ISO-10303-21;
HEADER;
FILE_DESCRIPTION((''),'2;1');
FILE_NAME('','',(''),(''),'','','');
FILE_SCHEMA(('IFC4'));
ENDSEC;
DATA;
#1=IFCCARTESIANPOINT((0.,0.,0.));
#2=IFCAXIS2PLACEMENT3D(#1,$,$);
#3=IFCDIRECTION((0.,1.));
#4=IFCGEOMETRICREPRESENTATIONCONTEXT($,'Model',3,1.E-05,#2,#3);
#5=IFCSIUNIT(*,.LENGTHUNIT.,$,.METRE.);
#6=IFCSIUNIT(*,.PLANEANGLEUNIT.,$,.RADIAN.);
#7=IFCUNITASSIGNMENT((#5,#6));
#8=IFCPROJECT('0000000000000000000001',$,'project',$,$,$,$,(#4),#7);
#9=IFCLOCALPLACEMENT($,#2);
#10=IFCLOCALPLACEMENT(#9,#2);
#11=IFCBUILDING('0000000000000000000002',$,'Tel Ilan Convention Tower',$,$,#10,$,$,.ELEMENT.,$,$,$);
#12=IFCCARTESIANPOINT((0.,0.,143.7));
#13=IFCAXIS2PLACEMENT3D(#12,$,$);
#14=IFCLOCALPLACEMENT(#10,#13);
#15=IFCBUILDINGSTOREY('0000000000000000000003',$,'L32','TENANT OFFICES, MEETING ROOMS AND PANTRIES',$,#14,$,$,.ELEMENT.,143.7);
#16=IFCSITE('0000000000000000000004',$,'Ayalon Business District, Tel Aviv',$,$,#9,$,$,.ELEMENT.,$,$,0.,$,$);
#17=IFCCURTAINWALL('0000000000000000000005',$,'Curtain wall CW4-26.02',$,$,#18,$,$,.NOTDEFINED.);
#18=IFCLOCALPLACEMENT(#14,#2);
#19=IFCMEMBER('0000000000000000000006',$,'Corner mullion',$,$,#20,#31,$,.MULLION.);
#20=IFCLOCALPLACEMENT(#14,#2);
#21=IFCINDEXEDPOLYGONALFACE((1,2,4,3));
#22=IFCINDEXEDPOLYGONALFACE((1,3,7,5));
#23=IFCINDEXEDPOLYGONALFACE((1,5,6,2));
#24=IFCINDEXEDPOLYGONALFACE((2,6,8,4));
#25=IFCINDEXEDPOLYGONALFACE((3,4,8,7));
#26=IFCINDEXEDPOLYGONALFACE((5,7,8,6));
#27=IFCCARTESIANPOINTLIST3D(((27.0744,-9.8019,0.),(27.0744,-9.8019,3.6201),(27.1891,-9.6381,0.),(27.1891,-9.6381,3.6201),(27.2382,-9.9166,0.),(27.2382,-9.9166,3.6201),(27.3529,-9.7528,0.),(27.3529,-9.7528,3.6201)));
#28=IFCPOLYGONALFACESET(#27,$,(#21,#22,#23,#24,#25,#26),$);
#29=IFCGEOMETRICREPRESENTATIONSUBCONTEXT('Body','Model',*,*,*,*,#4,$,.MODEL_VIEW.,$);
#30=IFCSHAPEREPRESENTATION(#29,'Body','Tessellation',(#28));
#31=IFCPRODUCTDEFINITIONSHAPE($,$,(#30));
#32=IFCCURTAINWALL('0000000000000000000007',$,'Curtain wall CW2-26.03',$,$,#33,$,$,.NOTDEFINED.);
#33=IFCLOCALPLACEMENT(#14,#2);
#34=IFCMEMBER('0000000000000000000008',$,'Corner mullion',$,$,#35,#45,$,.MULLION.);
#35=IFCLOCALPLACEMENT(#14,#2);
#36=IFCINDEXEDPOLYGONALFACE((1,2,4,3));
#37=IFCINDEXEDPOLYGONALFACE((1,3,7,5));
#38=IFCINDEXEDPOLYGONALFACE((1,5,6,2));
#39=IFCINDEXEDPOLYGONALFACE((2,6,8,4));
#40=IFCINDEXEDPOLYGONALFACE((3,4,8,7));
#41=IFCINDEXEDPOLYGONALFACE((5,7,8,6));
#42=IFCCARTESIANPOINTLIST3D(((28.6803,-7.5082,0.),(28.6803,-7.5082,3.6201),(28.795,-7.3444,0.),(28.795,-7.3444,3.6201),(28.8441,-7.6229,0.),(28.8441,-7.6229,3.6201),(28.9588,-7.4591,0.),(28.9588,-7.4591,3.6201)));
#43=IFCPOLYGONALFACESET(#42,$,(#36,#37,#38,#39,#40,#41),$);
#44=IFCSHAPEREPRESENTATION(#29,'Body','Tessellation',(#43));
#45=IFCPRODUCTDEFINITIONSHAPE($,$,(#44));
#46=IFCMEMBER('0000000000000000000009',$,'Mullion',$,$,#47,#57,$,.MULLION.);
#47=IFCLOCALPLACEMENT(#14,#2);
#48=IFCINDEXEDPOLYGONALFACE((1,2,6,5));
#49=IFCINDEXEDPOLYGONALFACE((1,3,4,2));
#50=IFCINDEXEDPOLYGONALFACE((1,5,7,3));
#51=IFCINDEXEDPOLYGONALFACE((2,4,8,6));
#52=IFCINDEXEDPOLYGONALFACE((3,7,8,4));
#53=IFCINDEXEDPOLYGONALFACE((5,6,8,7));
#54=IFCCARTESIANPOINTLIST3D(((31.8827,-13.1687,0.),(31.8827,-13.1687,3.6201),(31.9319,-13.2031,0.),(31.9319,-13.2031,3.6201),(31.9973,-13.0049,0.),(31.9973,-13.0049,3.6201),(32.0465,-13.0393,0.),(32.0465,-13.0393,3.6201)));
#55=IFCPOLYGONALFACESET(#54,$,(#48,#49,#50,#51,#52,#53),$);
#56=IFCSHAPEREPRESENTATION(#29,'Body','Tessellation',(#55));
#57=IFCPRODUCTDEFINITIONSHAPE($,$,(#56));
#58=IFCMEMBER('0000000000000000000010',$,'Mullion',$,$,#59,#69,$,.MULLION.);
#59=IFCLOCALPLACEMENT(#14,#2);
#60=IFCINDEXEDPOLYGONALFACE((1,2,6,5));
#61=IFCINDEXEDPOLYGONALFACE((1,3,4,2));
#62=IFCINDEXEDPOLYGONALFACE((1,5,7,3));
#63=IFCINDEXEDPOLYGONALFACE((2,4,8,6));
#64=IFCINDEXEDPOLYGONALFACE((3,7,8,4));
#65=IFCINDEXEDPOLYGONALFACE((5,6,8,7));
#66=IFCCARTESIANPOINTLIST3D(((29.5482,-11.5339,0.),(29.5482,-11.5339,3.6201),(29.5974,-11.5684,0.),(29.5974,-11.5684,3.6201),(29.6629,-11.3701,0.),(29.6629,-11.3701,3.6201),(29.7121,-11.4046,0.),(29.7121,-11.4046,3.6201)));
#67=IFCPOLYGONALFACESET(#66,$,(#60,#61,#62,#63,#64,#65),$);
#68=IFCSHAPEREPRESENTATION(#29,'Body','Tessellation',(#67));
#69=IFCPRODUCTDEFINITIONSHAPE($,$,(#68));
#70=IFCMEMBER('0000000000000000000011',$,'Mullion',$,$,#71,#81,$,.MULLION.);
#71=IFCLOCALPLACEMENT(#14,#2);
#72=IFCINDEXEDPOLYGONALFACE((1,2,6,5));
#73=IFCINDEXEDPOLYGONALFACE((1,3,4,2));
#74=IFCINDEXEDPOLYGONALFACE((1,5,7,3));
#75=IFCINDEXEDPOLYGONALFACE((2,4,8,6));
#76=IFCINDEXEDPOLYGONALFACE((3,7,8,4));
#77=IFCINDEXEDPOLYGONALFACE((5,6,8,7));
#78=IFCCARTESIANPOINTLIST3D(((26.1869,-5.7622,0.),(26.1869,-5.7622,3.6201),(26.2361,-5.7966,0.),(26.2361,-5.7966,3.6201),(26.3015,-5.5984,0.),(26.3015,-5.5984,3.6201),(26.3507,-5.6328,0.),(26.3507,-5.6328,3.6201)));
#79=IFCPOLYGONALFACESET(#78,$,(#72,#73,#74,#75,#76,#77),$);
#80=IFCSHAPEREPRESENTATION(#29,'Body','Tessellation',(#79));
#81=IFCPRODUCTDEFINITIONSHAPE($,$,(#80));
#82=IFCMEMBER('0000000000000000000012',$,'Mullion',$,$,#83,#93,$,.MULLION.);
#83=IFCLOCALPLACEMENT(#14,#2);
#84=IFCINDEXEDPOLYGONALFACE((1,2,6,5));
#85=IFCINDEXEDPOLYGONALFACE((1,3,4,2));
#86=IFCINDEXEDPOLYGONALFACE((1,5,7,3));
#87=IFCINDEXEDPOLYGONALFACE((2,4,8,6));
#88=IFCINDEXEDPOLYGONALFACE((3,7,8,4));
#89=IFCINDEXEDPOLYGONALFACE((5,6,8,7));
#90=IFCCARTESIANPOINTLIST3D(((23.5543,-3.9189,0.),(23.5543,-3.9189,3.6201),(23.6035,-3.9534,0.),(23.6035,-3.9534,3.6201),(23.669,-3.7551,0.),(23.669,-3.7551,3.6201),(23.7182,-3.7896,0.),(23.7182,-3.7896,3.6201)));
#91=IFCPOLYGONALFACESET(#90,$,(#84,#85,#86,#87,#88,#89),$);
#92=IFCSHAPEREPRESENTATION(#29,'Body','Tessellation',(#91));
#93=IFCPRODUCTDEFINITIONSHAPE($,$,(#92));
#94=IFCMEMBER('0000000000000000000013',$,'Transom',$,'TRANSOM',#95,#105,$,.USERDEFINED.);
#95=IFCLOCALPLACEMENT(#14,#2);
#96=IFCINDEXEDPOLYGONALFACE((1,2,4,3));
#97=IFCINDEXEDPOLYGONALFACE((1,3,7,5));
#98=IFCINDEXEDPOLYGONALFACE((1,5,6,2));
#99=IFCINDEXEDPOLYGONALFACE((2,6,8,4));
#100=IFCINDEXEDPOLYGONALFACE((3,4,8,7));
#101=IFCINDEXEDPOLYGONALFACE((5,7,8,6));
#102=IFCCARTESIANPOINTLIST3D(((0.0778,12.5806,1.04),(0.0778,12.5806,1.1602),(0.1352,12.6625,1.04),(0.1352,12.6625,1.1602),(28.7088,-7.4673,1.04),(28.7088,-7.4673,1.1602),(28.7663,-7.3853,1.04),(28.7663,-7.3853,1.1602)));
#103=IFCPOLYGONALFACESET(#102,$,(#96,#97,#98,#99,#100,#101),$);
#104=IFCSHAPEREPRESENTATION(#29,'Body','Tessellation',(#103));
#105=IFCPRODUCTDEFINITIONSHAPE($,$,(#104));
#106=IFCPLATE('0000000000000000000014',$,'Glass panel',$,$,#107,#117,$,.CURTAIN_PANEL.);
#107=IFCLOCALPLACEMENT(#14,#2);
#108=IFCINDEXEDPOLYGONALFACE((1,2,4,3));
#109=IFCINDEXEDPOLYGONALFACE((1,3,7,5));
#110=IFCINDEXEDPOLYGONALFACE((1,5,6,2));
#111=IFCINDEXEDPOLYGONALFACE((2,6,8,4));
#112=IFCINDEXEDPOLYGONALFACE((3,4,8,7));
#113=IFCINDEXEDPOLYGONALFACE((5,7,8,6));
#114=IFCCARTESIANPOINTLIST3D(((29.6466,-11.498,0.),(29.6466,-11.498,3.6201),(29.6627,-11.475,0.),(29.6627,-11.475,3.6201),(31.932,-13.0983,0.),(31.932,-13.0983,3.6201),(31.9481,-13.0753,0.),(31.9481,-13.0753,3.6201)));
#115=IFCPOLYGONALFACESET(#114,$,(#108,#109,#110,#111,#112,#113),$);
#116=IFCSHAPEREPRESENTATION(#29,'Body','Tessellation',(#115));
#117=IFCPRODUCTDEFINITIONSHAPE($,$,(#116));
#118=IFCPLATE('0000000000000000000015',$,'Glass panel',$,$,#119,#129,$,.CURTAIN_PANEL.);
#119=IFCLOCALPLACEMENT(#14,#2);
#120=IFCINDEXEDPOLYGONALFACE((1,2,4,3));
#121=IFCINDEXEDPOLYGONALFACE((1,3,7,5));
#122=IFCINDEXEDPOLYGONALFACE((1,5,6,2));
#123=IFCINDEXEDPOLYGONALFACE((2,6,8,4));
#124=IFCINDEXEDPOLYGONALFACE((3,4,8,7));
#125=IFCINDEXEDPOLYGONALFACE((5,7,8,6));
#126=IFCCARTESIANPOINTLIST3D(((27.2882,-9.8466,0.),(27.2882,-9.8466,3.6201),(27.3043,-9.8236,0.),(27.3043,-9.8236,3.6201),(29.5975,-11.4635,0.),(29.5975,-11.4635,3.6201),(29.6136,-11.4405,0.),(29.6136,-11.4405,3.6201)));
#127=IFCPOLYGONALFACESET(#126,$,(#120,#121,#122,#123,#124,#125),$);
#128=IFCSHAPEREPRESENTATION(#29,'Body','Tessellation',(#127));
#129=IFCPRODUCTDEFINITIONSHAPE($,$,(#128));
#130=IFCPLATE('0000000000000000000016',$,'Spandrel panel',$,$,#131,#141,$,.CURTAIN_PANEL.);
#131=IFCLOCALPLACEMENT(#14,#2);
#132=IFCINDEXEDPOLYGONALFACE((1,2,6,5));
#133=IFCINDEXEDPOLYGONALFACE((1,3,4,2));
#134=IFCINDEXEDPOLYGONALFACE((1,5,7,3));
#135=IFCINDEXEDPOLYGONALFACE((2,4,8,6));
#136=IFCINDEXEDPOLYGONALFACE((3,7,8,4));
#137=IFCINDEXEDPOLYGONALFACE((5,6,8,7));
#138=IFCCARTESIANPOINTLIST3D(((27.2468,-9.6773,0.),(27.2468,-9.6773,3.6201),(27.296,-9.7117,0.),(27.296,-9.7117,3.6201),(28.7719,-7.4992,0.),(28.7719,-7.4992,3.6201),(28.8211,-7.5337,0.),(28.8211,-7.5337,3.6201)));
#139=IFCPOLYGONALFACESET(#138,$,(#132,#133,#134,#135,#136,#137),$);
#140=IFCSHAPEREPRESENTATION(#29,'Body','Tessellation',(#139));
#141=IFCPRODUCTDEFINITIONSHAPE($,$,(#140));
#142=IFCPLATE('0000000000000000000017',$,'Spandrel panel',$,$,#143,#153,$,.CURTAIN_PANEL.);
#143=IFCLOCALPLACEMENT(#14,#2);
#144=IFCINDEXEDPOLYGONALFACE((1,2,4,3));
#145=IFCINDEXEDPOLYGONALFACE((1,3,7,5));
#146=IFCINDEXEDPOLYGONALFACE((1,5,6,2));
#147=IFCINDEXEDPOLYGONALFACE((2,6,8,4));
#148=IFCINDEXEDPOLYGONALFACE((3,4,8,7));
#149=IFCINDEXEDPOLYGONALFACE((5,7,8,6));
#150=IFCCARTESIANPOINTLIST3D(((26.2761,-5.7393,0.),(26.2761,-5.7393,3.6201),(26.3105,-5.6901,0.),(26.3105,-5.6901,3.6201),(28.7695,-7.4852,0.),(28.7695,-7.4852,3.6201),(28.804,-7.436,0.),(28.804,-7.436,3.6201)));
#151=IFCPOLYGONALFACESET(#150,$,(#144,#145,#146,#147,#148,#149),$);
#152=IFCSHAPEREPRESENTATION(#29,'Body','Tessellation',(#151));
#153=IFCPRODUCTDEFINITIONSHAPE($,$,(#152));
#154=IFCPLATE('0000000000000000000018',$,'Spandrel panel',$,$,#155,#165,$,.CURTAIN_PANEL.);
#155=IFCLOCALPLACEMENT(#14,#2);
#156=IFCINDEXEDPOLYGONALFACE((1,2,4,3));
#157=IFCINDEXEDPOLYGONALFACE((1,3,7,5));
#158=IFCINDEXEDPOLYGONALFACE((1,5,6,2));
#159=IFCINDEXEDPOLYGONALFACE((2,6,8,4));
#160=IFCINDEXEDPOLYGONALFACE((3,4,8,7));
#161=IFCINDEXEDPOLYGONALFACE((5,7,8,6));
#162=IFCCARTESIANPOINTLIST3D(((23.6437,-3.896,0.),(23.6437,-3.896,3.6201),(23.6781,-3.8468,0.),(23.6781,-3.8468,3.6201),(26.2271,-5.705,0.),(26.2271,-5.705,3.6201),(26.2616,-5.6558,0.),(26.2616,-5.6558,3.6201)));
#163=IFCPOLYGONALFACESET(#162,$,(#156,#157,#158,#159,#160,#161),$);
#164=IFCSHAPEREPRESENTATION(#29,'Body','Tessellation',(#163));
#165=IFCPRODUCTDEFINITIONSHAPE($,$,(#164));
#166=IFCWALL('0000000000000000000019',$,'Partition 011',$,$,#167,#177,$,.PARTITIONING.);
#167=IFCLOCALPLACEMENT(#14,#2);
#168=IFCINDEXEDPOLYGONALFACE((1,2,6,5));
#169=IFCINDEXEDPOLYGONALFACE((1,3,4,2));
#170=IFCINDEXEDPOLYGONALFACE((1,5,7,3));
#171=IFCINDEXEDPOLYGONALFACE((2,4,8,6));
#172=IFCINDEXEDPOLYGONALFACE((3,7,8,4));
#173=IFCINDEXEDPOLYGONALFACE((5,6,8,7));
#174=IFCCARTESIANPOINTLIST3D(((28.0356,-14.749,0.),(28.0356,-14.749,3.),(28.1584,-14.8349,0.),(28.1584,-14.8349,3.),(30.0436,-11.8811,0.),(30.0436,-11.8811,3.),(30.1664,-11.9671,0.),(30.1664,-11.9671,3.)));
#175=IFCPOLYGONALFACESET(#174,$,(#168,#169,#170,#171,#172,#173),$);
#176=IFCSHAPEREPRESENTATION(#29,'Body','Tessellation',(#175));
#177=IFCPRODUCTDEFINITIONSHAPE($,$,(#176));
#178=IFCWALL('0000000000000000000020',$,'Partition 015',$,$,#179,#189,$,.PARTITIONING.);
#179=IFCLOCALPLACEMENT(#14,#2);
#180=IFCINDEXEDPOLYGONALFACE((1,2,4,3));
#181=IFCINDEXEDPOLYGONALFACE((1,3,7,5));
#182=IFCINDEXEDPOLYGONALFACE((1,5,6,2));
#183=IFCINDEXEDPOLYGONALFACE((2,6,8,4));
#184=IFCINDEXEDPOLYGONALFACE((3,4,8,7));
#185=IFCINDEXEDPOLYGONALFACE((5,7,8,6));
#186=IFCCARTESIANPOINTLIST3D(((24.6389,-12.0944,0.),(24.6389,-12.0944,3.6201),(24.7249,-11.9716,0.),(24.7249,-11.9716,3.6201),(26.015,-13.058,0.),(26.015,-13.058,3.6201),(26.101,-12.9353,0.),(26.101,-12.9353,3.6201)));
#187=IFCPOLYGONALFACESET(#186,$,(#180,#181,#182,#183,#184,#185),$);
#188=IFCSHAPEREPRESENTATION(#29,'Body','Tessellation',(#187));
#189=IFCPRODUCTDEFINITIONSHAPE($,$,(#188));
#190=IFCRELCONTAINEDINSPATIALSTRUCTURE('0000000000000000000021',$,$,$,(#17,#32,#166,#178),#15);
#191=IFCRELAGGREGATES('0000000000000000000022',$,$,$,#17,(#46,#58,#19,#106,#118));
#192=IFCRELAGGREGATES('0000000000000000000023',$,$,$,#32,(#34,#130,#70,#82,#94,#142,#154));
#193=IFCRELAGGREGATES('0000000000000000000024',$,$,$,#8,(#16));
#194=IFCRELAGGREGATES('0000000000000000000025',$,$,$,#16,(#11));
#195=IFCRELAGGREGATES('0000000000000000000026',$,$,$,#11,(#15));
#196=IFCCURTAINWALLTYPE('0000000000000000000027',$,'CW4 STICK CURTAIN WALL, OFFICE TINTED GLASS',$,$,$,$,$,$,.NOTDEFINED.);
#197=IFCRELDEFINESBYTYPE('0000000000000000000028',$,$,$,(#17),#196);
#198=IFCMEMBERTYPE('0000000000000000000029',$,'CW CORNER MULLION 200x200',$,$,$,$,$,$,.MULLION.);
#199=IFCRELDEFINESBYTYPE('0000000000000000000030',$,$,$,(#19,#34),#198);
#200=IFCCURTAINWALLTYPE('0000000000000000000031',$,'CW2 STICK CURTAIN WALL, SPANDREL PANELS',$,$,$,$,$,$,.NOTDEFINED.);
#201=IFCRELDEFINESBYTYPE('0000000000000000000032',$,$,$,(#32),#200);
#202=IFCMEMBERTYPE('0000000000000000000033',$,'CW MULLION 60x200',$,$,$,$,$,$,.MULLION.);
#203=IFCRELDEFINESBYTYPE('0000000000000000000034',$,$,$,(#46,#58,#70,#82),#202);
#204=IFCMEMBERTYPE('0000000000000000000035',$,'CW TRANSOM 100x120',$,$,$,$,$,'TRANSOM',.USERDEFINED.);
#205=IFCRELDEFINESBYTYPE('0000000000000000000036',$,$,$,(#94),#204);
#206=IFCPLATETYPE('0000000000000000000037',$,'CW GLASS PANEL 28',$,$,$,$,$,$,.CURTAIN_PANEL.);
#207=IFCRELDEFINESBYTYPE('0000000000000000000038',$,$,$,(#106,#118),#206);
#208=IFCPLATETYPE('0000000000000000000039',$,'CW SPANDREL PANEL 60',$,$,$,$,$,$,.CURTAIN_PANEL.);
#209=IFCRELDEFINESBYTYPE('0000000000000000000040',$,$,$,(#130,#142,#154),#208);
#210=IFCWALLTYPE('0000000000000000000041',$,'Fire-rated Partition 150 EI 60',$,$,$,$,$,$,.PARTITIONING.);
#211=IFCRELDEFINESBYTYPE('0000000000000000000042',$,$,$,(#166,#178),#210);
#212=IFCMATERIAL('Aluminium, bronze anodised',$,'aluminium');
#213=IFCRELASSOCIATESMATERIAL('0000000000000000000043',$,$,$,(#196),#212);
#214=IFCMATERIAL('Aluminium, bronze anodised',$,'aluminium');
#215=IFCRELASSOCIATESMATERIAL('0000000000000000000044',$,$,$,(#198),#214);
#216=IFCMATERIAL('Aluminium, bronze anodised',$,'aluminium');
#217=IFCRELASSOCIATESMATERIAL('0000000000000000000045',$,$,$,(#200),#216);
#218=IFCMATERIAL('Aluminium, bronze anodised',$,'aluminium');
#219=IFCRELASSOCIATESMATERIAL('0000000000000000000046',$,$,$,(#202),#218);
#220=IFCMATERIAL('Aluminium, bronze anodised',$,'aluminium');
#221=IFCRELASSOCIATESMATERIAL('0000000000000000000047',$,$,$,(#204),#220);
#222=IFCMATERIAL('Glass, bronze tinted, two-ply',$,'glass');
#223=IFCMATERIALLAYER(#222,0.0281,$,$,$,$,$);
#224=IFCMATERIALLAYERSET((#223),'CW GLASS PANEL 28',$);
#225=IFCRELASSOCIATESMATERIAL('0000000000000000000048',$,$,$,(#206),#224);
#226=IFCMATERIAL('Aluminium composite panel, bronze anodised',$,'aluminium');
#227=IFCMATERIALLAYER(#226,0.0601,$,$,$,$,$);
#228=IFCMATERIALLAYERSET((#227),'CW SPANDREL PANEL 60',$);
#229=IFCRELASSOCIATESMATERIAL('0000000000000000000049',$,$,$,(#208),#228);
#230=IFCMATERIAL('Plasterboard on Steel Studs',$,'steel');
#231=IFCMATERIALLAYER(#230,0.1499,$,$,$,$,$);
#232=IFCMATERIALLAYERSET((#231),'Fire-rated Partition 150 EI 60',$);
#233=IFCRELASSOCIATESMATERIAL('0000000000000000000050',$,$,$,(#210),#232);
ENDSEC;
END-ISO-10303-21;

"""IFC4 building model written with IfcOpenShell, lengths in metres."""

from ifc_helpers import new_model, si_unit, direction, frame, frame_2d, origin, origin_2d, place, context, subcontext, project, spatial, rectangle, extrude, material, layer, layer_set, material_profile, profile_set, type_object, element, aggregate, save


model = new_model("IFC4")

# Units and contexts
model_context = context("Model", 3, precision=1e-05, world=origin(), true_north=direction((0.0, 1.0)))
body_context = subcontext(model_context, "Body", "Model", "MODEL_VIEW")
ifc_project = project(units=[si_unit("LENGTHUNIT", "METRE"), si_unit("PLANEANGLEUNIT", "RADIAN")], contexts=[model_context])

# Site, building, storey
site_placement = place(None, origin())
site = spatial("IfcSite", under=ifc_project, at=site_placement, Name="Ayalon Business District, Tel Aviv", CompositionType="ELEMENT", RefElevation=0.0)
building_placement = place(site_placement, origin())
building = spatial("IfcBuilding", under=site, at=building_placement, Name="Tel Ilan Convention Tower", CompositionType="ELEMENT")
storey_placement = place(building_placement, frame((0.0, 0.0, 143.7)))
storey = spatial("IfcBuildingStorey", under=building, at=storey_placement, Name="L32", Description="TENANT OFFICES, MEETING ROOMS AND PANTRIES", CompositionType="ELEMENT", Elevation=143.7)

# Curtain walls, members
ifc_material_1 = material(Name="Aluminium, bronze anodised", Category="aluminium")
curtain_wall_type_1 = type_object("IfcCurtainWallType", Name="CW4 STICK CURTAIN WALL, OFFICE TINTED GLASS", PredefinedType="NOTDEFINED", material=ifc_material_1)
curtain_wall_1_placement = place(storey_placement, origin())
curtain_wall_1 = element("IfcCurtainWall", 1, at=curtain_wall_1_placement, inside=storey, type_object=curtain_wall_type_1, Name="Curtain wall CW4-26.02", PredefinedType="NOTDEFINED")
ifc_material_2 = material(Name="Aluminium, bronze anodised", Category="aluminium")
ifc_material_profile_1 = material_profile(ifc_material_2, rectangle(XDim=0.2, YDim=0.2, at=origin_2d()), Name="CW CORNER MULLION 200x200")
ifc_profile_set_1 = profile_set([ifc_material_profile_1], Name="Aluminium, bronze anodised")
member_type_1 = type_object("IfcMemberType", Name="CW CORNER MULLION 200x200", PredefinedType="MULLION", material=ifc_profile_set_1)
member_1_placement = place(storey_placement, frame((27.2136, -9.7773, 0.0), z_axis=(0.0, 0.0, 1.0), x_axis=(-0.819152, 0.573576, 0.0)))
member_1 = element("IfcMember", 2, at=member_1_placement, type_object=member_type_1, Name="Corner mullion", PredefinedType="MULLION", context=body_context, shape_type="SweptSolid", body=[
    extrude(rectangle(XDim=0.2, YDim=0.2, at=origin_2d()), origin(), (0.0, 0.0, 1.0), 3.6201),
])
ifc_material_3 = material(Name="Aluminium, bronze anodised", Category="aluminium")
curtain_wall_type_2 = type_object("IfcCurtainWallType", Name="CW2 STICK CURTAIN WALL, SPANDREL PANELS", PredefinedType="NOTDEFINED", material=ifc_material_3)
curtain_wall_2_placement = place(storey_placement, origin())
curtain_wall_2 = element("IfcCurtainWall", 3, at=curtain_wall_2_placement, inside=storey, type_object=curtain_wall_type_2, Name="Curtain wall CW2-26.03", PredefinedType="NOTDEFINED")
member_2_placement = place(storey_placement, frame((28.8196, -7.4836, 0.0), z_axis=(0.0, 0.0, 1.0), x_axis=(0.573576, 0.819152, 0.0)))
member_2 = element("IfcMember", 4, at=member_2_placement, type_object=member_type_1, Name="Corner mullion", PredefinedType="MULLION", context=body_context, shape_type="SweptSolid", body=[
    extrude(rectangle(XDim=0.2, YDim=0.2, at=origin_2d()), origin(), (0.0, 0.0, 1.0), 3.6201),
])

# Members
ifc_material_4 = material(Name="Aluminium, bronze anodised", Category="aluminium")
ifc_material_profile_2 = material_profile(ifc_material_4, rectangle(XDim=0.0601, YDim=0.2, at=origin_2d()), Name="CW MULLION 60x200")
ifc_profile_set_2 = profile_set([ifc_material_profile_2], Name="Aluminium, bronze anodised")
member_type_2 = type_object("IfcMemberType", Name="CW MULLION 60x200", PredefinedType="MULLION", material=ifc_profile_set_2)
member_3_placement = place(storey_placement, frame((31.9646, -13.104, 0.0), z_axis=(0.0, 0.0, 1.0), x_axis=(-0.819152, 0.573576, 0.0)))
member_3 = element("IfcMember", 5, at=member_3_placement, type_object=member_type_2, Name="Mullion", PredefinedType="MULLION", context=body_context, shape_type="SweptSolid", body=[
    extrude(rectangle(XDim=0.0601, YDim=0.2, at=origin_2d()), origin(), (0.0, 0.0, 1.0), 3.6201),
])
member_4_placement = place(storey_placement, frame((29.6301, -11.4692, 0.0), z_axis=(0.0, 0.0, 1.0), x_axis=(-0.819152, 0.573576, 0.0)))
member_4 = element("IfcMember", 6, at=member_4_placement, type_object=member_type_2, Name="Mullion", PredefinedType="MULLION", context=body_context, shape_type="SweptSolid", body=[
    extrude(rectangle(XDim=0.0601, YDim=0.2, at=origin_2d()), origin(), (0.0, 0.0, 1.0), 3.6201),
])
member_5_placement = place(storey_placement, frame((26.2688, -5.6975, 0.0), z_axis=(0.0, 0.0, 1.0), x_axis=(-0.819152, 0.573576, 0.0)))
member_5 = element("IfcMember", 7, at=member_5_placement, type_object=member_type_2, Name="Mullion", PredefinedType="MULLION", context=body_context, shape_type="SweptSolid", body=[
    extrude(rectangle(XDim=0.0601, YDim=0.2, at=origin_2d()), origin(), (0.0, 0.0, 1.0), 3.6201),
])
member_6_placement = place(storey_placement, frame((23.6362, -3.8542, 0.0), z_axis=(0.0, 0.0, 1.0), x_axis=(-0.819152, 0.573576, 0.0)))
member_6 = element("IfcMember", 8, at=member_6_placement, type_object=member_type_2, Name="Mullion", PredefinedType="MULLION", context=body_context, shape_type="SweptSolid", body=[
    extrude(rectangle(XDim=0.0601, YDim=0.2, at=origin_2d()), origin(), (0.0, 0.0, 1.0), 3.6201),
])
ifc_material_5 = material(Name="Aluminium, bronze anodised", Category="aluminium")
ifc_material_profile_3 = material_profile(ifc_material_5, rectangle(XDim=0.1001, YDim=0.1201, at=origin_2d()), Name="CW TRANSOM 100x120")
ifc_profile_set_3 = profile_set([ifc_material_profile_3], Name="Aluminium, bronze anodised")
member_type_3 = type_object("IfcMemberType", Name="CW TRANSOM 100x120", ElementType="TRANSOM", PredefinedType="USERDEFINED", material=ifc_profile_set_3)
member_7_placement = place(storey_placement, frame((28.7375, -7.4263, 1.1001), z_axis=(-0.81915, 0.573579, 0.0), x_axis=(-0.573579, -0.81915, 0.0)))
member_7 = element("IfcMember", 9, at=member_7_placement, type_object=member_type_3, Name="Transom", ObjectType="TRANSOM", PredefinedType="USERDEFINED", context=body_context, shape_type="SweptSolid", body=[
    extrude(rectangle(XDim=0.1001, YDim=0.1201, at=origin_2d()), origin(), (0.0, 0.0, 1.0), 34.9521),
])

# Plates
ifc_material_6 = material(Name="Glass, bronze tinted, two-ply", Category="glass")
ifc_layer_1 = layer(ifc_material_6, 0.0281)
ifc_layer_set_1 = layer_set([ifc_layer_1], Name="CW GLASS PANEL 28")
plate_type_1 = type_object("IfcPlateType", Name="CW GLASS PANEL 28", PredefinedType="CURTAIN_PANEL", material=ifc_layer_set_1)
plate_1_placement = place(storey_placement, frame((30.7974, -12.2866, 0.0), z_axis=(0.0, 0.0, 1.0), x_axis=(-0.819152, 0.573576, 0.0)))
plate_1 = element("IfcPlate", 10, at=plate_1_placement, type_object=plate_type_1, Name="Glass panel", PredefinedType="CURTAIN_PANEL", context=body_context, shape_type="SweptSolid", body=[
    extrude(rectangle(XDim=2.79, YDim=0.0281, at=origin_2d()), origin(), (0.0, 0.0, 1.0), 3.6201),
])
plate_2_placement = place(storey_placement, frame((28.4509, -10.6436, 0.0), z_axis=(0.0, 0.0, 1.0), x_axis=(-0.819152, 0.573576, 0.0)))
plate_2 = element("IfcPlate", 11, at=plate_2_placement, type_object=plate_type_1, Name="Glass panel", PredefinedType="CURTAIN_PANEL", context=body_context, shape_type="SweptSolid", body=[
    extrude(rectangle(XDim=2.8191, YDim=0.0281, at=origin_2d()), origin(), (0.0, 0.0, 1.0), 3.6201),
])
aggregate(curtain_wall_1, [member_3, member_4, member_1, plate_1, plate_2])
ifc_material_7 = material(Name="Aluminium composite panel, bronze anodised", Category="aluminium")
ifc_layer_2 = layer(ifc_material_7, 0.0601)
ifc_layer_set_2 = layer_set([ifc_layer_2], Name="CW SPANDREL PANEL 60")
plate_type_2 = type_object("IfcPlateType", Name="CW SPANDREL PANEL 60", PredefinedType="CURTAIN_PANEL", material=ifc_layer_set_2)
plate_3_placement = place(storey_placement, frame((28.0339, -8.6055, 0.0), z_axis=(0.0, 0.0, 1.0), x_axis=(0.573576, 0.819152, 0.0)))
plate_3 = element("IfcPlate", 12, at=plate_3_placement, type_object=plate_type_2, Name="Spandrel panel", PredefinedType="CURTAIN_PANEL", context=body_context, shape_type="SweptSolid", body=[
    extrude(rectangle(XDim=2.6589, YDim=0.0601, at=origin_2d()), origin(), (0.0, 0.0, 1.0), 3.6201),
])
plate_4_placement = place(storey_placement, frame((27.54, -6.5876, 0.0), z_axis=(0.0, 0.0, 1.0), x_axis=(-0.819152, 0.573576, 0.0)))
plate_4 = element("IfcPlate", 13, at=plate_4_placement, type_object=plate_type_2, Name="Spandrel panel", PredefinedType="CURTAIN_PANEL", context=body_context, shape_type="SweptSolid", body=[
    extrude(rectangle(XDim=3.0439, YDim=0.0601, at=origin_2d()), origin(), (0.0, 0.0, 1.0), 3.6201),
])
plate_5_placement = place(storey_placement, frame((24.9526, -4.7759, 0.0), z_axis=(0.0, 0.0, 1.0), x_axis=(-0.819152, 0.573576, 0.0)))
plate_5 = element("IfcPlate", 14, at=plate_5_placement, type_object=plate_type_2, Name="Spandrel panel", PredefinedType="CURTAIN_PANEL", context=body_context, shape_type="SweptSolid", body=[
    extrude(rectangle(XDim=3.1538, YDim=0.0601, at=origin_2d()), origin(), (0.0, 0.0, 1.0), 3.6201),
])
aggregate(curtain_wall_2, [member_2, plate_3, member_5, member_6, member_7, plate_4, plate_5])

# Walls
ifc_material_8 = material(Name="Plasterboard on Steel Studs", Category="steel")
ifc_layer_3 = layer(ifc_material_8, 0.1499)
ifc_layer_set_3 = layer_set([ifc_layer_3], Name="Fire-rated Partition 150 EI 60")
wall_type_1 = type_object("IfcWallType", Name="Fire-rated Partition 150 EI 60", PredefinedType="PARTITIONING", material=ifc_layer_set_3)
wall_1_placement = place(storey_placement, frame((30.105, -11.9241, 0.0), z_axis=(0.0, 0.0, 1.0), x_axis=(-0.573561, -0.819163, 0.0)))
element("IfcWall", 15, at=wall_1_placement, inside=storey, type_object=wall_type_1, Name="Partition 011", PredefinedType="PARTITIONING", context=body_context, shape_type="SweptSolid", body=[
    extrude(rectangle(XDim=3.501, YDim=0.1499, at=frame_2d((1.7505, 0.0))), origin(), (0.0, 0.0, 1.0), 3.0),
])
wall_2_placement = place(storey_placement, frame((26.0579, -12.9966, 0.0), z_axis=(0.0, 0.0, 1.0), x_axis=(-0.819109, 0.573638, 0.0)))
element("IfcWall", 16, at=wall_2_placement, inside=storey, type_object=wall_type_1, Name="Partition 015", PredefinedType="PARTITIONING", context=body_context, shape_type="SweptSolid", body=[
    extrude(rectangle(XDim=1.6799, YDim=0.1499, at=frame_2d((0.8398, 0.0))), origin(), (0.0, 0.0, 1.0), 3.6201),
])

save(model, "model.ifc")
